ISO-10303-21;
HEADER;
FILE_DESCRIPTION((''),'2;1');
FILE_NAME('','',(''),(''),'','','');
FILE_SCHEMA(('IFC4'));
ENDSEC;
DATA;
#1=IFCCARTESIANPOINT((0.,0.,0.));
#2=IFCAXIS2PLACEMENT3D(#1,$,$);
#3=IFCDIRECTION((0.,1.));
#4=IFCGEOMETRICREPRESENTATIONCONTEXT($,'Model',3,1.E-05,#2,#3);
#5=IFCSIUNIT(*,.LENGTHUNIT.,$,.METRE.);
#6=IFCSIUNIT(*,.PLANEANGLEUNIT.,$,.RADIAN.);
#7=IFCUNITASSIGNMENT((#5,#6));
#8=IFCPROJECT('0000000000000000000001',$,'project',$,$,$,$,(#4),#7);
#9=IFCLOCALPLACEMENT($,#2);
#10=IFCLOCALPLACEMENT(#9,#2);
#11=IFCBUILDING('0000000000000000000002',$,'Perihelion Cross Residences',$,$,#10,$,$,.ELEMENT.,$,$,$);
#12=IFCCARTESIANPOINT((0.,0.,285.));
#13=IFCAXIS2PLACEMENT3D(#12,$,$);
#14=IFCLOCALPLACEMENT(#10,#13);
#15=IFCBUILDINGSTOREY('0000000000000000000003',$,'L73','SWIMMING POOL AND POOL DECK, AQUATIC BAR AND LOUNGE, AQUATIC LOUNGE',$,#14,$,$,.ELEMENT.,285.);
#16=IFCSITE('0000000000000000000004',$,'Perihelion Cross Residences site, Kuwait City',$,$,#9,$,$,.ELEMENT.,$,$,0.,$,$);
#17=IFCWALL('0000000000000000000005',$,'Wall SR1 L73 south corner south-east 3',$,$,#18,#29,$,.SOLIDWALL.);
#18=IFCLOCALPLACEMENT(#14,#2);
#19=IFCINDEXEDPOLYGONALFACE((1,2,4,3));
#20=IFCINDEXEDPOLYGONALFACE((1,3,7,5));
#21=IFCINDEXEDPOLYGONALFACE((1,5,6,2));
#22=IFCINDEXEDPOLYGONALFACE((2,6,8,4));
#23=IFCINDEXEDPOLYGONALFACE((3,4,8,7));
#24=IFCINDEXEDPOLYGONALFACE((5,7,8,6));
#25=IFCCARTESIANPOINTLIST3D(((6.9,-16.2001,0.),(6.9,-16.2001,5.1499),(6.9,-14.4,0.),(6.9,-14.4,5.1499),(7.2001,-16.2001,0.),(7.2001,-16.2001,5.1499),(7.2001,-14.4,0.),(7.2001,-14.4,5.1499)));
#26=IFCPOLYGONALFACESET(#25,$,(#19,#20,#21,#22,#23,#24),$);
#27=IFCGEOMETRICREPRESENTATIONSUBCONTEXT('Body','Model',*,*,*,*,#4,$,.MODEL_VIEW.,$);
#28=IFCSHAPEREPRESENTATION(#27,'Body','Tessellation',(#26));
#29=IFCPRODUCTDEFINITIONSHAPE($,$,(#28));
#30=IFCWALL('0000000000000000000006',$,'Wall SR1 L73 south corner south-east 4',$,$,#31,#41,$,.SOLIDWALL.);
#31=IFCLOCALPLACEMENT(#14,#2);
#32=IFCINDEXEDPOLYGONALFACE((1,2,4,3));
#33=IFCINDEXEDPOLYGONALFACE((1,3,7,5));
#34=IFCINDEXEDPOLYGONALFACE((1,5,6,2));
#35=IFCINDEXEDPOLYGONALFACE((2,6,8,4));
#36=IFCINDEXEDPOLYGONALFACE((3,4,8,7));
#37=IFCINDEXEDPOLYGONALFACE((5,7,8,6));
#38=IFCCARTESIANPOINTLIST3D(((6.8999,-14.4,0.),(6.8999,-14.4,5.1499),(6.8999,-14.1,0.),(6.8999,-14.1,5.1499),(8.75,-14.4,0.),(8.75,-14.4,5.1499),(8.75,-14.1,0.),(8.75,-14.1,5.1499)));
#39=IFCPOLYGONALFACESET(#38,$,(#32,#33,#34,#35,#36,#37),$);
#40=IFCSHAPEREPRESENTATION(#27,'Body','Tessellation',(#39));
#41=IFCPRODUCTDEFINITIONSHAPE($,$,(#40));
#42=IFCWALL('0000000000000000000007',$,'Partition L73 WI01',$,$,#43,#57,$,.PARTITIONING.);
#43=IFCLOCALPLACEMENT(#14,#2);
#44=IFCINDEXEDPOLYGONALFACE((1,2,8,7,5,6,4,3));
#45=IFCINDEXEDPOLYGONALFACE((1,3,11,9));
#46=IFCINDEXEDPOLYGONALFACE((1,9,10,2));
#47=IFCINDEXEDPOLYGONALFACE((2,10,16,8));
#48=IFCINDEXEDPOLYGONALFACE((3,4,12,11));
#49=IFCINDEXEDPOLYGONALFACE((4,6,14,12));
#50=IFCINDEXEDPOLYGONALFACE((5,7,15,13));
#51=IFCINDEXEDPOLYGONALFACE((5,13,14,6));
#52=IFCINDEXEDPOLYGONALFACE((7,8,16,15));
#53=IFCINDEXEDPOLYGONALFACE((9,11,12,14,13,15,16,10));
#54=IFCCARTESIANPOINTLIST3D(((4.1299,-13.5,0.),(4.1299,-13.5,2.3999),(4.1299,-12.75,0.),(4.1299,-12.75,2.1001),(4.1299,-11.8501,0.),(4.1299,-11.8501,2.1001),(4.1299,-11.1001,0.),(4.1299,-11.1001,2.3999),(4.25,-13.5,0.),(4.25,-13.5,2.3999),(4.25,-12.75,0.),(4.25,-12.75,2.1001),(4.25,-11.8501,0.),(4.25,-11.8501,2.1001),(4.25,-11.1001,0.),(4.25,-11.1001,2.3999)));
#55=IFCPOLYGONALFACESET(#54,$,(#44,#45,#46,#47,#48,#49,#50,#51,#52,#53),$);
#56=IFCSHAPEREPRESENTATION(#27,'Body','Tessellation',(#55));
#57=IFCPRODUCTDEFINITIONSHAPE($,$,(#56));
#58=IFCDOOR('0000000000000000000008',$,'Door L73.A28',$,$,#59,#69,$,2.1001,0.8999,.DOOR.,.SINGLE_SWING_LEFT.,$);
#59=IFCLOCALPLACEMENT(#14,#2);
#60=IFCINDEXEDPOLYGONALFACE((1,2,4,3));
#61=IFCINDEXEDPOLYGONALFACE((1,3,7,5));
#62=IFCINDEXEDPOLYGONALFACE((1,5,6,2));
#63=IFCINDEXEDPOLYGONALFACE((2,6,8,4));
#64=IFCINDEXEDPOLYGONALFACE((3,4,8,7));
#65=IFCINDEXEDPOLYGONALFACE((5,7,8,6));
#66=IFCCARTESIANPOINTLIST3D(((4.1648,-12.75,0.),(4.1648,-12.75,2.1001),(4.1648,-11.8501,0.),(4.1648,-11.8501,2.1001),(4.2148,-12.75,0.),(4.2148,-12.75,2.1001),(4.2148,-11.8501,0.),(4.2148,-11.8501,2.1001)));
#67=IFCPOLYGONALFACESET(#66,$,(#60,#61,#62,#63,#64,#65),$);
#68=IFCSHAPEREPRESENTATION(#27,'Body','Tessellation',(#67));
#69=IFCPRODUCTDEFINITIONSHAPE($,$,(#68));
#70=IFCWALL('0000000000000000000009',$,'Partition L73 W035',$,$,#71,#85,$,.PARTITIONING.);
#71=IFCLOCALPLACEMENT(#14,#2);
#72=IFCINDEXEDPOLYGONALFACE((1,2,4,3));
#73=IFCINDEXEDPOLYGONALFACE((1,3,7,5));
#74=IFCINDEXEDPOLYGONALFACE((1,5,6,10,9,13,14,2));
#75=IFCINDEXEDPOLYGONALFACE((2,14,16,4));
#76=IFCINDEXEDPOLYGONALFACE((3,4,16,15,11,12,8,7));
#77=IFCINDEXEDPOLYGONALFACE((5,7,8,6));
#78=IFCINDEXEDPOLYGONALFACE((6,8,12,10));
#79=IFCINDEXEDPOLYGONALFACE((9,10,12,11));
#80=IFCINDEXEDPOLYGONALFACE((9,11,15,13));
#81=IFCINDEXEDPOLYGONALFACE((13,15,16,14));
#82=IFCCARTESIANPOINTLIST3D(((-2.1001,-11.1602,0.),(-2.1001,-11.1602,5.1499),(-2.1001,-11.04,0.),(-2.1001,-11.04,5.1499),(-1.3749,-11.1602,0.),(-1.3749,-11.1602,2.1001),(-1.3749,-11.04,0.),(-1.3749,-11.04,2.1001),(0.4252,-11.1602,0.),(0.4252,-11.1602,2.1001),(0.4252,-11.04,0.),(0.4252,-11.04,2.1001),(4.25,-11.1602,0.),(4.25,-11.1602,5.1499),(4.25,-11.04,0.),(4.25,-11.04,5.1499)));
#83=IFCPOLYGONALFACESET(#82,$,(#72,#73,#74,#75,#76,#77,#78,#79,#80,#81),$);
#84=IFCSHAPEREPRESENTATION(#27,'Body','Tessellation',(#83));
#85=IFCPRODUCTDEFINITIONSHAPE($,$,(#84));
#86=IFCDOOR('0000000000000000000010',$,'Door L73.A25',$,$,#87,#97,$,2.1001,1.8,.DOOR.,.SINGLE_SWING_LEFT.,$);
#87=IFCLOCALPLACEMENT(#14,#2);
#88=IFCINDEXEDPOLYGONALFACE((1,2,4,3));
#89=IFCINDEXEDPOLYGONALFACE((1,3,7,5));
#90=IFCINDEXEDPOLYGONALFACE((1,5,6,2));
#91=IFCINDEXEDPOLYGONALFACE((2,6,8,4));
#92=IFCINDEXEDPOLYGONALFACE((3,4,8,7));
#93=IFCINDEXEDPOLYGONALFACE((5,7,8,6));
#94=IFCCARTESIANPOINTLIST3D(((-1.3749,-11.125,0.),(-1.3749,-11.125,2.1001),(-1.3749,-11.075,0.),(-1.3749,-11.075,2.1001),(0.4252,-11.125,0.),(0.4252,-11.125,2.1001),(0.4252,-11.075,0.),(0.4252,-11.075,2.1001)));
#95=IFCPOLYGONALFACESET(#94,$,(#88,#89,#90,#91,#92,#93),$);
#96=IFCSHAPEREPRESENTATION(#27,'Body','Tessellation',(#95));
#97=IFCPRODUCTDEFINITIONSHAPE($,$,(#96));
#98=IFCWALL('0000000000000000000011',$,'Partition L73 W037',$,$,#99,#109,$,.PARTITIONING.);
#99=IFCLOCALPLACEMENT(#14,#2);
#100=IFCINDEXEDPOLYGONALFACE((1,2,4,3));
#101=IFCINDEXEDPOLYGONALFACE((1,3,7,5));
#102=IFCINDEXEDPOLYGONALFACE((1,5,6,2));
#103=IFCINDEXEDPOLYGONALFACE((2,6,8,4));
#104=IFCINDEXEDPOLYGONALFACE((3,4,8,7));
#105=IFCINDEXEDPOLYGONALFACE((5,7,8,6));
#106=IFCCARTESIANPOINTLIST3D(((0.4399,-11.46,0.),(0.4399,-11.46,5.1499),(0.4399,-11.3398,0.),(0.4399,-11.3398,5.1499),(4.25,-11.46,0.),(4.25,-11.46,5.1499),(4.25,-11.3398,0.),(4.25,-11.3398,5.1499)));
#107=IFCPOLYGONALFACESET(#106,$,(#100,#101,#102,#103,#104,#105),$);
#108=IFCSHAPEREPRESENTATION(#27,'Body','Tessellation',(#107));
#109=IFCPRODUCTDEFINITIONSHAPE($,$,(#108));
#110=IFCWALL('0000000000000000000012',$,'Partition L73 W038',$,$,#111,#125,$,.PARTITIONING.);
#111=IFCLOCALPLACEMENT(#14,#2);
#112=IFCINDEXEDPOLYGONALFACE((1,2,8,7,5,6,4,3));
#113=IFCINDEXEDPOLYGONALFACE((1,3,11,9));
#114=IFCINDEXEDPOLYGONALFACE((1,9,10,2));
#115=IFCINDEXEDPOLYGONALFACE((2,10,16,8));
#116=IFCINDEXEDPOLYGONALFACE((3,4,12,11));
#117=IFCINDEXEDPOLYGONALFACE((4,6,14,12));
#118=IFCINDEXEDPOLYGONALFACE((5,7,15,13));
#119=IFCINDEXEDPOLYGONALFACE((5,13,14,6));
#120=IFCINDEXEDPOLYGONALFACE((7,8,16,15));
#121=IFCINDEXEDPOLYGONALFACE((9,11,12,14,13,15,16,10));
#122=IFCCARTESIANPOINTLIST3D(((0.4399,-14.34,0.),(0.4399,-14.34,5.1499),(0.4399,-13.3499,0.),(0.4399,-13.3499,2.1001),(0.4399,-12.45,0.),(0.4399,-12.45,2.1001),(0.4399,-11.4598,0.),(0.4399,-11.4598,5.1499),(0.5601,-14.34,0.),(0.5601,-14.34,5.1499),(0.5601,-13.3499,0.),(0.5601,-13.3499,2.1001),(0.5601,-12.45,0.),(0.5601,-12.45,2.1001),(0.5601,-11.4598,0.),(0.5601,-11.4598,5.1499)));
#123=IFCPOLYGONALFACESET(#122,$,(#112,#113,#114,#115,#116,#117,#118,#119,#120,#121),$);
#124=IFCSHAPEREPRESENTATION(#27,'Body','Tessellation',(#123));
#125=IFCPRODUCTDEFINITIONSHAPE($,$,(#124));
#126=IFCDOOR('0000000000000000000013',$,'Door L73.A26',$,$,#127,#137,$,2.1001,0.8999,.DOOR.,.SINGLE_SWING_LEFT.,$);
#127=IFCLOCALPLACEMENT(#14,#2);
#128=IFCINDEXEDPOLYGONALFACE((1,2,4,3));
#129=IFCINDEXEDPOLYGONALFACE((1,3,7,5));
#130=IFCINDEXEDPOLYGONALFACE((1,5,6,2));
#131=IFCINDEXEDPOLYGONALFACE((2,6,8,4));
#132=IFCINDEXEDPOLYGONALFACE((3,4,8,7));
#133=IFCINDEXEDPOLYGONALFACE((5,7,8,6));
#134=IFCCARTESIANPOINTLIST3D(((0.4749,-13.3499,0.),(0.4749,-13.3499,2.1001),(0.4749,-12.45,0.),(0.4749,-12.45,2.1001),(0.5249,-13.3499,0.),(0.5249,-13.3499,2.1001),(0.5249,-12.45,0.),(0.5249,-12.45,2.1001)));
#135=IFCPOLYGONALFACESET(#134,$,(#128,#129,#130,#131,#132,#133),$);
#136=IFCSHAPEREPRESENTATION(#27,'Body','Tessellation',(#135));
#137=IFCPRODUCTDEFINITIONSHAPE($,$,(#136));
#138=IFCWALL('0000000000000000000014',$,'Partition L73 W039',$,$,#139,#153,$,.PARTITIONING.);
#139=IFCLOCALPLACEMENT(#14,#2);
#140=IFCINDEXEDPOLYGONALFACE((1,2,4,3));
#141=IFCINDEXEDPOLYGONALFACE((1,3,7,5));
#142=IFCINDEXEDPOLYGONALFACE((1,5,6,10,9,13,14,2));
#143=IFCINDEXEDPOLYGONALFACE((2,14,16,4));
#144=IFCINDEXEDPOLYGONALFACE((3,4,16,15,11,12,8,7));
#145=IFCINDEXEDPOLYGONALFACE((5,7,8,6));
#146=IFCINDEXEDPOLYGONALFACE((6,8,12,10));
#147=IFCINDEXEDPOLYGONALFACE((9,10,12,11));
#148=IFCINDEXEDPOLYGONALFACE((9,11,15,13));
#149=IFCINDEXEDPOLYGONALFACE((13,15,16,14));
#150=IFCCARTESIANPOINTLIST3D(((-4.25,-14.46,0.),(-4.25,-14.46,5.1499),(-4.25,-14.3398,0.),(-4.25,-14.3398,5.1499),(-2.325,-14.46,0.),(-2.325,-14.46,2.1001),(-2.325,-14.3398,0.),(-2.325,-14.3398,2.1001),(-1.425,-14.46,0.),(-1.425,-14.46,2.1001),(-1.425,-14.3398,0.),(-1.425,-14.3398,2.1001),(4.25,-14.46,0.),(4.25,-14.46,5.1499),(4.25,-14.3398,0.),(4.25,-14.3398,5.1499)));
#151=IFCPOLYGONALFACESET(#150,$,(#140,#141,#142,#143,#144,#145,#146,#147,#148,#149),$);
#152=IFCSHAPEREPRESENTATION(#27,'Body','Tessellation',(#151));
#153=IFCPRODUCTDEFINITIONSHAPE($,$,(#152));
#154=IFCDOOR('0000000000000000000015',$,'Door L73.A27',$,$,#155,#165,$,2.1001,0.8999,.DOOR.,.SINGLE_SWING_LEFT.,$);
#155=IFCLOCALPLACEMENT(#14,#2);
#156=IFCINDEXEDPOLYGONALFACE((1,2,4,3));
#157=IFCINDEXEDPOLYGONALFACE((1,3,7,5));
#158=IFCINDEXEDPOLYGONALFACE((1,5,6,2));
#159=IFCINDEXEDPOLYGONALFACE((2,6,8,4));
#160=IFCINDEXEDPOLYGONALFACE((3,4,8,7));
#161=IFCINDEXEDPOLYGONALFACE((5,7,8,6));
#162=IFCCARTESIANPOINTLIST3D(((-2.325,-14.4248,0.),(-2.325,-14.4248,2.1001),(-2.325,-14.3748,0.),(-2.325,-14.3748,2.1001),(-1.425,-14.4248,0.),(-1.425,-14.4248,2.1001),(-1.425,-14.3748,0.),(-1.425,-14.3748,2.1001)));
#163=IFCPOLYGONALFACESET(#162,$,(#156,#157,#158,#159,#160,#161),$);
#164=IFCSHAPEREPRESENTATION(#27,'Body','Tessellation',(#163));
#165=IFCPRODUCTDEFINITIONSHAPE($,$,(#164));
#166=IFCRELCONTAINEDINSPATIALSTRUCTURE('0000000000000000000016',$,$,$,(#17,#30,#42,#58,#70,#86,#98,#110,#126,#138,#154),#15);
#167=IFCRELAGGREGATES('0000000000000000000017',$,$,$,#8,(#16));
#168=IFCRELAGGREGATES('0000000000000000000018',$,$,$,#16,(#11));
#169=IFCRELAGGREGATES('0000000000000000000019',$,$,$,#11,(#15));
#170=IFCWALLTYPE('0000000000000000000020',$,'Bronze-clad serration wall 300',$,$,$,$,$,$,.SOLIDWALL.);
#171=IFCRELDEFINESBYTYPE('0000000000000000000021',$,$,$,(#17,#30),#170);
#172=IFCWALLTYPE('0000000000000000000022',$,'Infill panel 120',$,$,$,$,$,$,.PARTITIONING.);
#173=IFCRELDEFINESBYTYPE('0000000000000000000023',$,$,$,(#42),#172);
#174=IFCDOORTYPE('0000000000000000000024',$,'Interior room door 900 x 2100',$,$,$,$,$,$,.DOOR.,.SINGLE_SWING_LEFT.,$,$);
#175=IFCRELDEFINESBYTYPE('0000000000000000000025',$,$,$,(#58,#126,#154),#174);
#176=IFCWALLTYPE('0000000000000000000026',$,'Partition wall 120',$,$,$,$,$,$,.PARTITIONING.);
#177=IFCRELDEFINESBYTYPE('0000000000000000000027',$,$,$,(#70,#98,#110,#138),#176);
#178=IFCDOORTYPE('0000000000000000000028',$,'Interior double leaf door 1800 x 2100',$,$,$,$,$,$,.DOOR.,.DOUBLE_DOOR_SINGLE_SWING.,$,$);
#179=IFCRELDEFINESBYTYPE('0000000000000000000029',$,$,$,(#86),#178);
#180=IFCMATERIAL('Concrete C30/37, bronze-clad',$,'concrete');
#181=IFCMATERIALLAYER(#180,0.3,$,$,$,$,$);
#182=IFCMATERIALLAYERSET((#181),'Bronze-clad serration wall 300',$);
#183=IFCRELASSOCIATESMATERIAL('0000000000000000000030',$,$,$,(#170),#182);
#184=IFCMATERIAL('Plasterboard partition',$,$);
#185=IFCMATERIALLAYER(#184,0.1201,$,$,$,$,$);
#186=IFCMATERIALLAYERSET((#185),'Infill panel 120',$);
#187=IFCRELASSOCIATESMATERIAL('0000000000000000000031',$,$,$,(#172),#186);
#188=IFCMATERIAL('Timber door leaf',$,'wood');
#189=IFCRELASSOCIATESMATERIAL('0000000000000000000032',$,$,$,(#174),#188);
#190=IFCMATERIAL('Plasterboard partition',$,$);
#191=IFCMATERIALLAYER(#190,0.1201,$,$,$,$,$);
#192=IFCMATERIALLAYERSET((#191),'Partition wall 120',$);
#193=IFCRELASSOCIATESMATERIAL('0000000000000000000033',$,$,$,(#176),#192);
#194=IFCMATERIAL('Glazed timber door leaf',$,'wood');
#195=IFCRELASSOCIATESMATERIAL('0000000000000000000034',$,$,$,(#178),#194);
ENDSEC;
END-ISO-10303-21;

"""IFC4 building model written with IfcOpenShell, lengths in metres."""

from ifc_helpers import new_model, si_unit, direction, frame, frame_2d, origin, place, context, subcontext, project, spatial, rectangle, extrude, material, layer, layer_set, type_object, element, fill, save


model = new_model("IFC4")

# Units and contexts
model_context = context("Model", 3, precision=1e-05, world=origin(), true_north=direction((0.0, 1.0)))
body_context = subcontext(model_context, "Body", "Model", "MODEL_VIEW")
ifc_project = project(units=[si_unit("LENGTHUNIT", "METRE"), si_unit("PLANEANGLEUNIT", "RADIAN")], contexts=[model_context])

# Site, building, storey
site_placement = place(None, origin())
site = spatial("IfcSite", under=ifc_project, at=site_placement, Name="Perihelion Cross Residences site, Kuwait City", CompositionType="ELEMENT", RefElevation=0.0)
building_placement = place(site_placement, origin())
building = spatial("IfcBuilding", under=site, at=building_placement, Name="Perihelion Cross Residences", CompositionType="ELEMENT")
storey_placement = place(building_placement, frame((0.0, 0.0, 285.0)))
storey = spatial("IfcBuildingStorey", under=building, at=storey_placement, Name="L73", Description="SWIMMING POOL AND POOL DECK, AQUATIC BAR AND LOUNGE, AQUATIC LOUNGE", CompositionType="ELEMENT", Elevation=285.0)

# Walls
ifc_material_1 = material(Name="Concrete C30/37, bronze-clad", Category="concrete")
ifc_layer_1 = layer(ifc_material_1, 0.3)
ifc_layer_set_1 = layer_set([ifc_layer_1], Name="Bronze-clad serration wall 300")
wall_type_1 = type_object("IfcWallType", Name="Bronze-clad serration wall 300", PredefinedType="SOLIDWALL", material=ifc_layer_set_1)
wall_1_placement = place(storey_placement, frame((7.05, -16.2, 0.0), z_axis=(0.0, 0.0, 1.0), x_axis=(0.0, 1.0, 0.0)))
element("IfcWall", 1, at=wall_1_placement, inside=storey, type_object=wall_type_1, Name="Wall SR1 L73 south corner south-east 3", PredefinedType="SOLIDWALL", context=body_context, shape_type="SweptSolid", body=[
    extrude(rectangle(XDim=1.8, YDim=0.3, at=frame_2d((0.8999, 0.0))), origin(), (0.0, 0.0, 1.0), 5.1499),
])
wall_2_placement = place(storey_placement, frame((6.8999, -14.25, 0.0), z_axis=(0.0, 0.0, 1.0), x_axis=(1.0, 0.0, 0.0)))
element("IfcWall", 2, at=wall_2_placement, inside=storey, type_object=wall_type_1, Name="Wall SR1 L73 south corner south-east 4", PredefinedType="SOLIDWALL", context=body_context, shape_type="SweptSolid", body=[
    extrude(rectangle(XDim=1.8501, YDim=0.3, at=frame_2d((0.925, 0.0))), origin(), (0.0, 0.0, 1.0), 5.1499),
])

# Walls, openings, doors
ifc_material_2 = material(Name="Plasterboard partition")
ifc_layer_2 = layer(ifc_material_2, 0.1201)
ifc_layer_set_2 = layer_set([ifc_layer_2], Name="Infill panel 120")
wall_type_2 = type_object("IfcWallType", Name="Infill panel 120", PredefinedType="PARTITIONING", material=ifc_layer_set_2)
wall_3_placement = place(storey_placement, frame((4.1899, -11.1001, 0.0), z_axis=(0.0, 0.0, 1.0), x_axis=(0.0, -1.0, 0.0)))
wall_3 = element("IfcWall", 3, at=wall_3_placement, inside=storey, type_object=wall_type_2, Name="Partition L73 WI01", PredefinedType="PARTITIONING", context=body_context, shape_type="SweptSolid", body=[
    extrude(rectangle(XDim=2.3999, YDim=0.1201, at=frame_2d((1.2, 0.0))), origin(), (0.0, 0.0, 1.0), 2.3999),
])
opening_1_placement = place(wall_3_placement, frame((0.75, 0.0, 0.0)))
opening_1 = element("IfcOpeningElement", 4, at=opening_1_placement, cuts=wall_3, PredefinedType="OPENING", context=body_context, shape_type="SweptSolid", body=[
    extrude(rectangle(XDim=0.8999, YDim=2.1001, at=frame_2d((0.45, 1.05))), frame((0.0, 0.0701, 0.0), z_axis=(0.0, -1.0, 0.0), x_axis=(1.0, 0.0, 0.0)), (0.0, 0.0, 1.0), 0.1401),
])
ifc_material_3 = material(Name="Timber door leaf", Category="wood")
door_type_1 = type_object("IfcDoorType", Name="Interior room door 900 x 2100", OperationType="SINGLE_SWING_LEFT", PredefinedType="DOOR", material=ifc_material_3)
door_1_placement = place(opening_1_placement, origin())
door_1 = element("IfcDoor", 5, at=door_1_placement, inside=storey, type_object=door_type_1, Name="Door L73.A28", OperationType="SINGLE_SWING_LEFT", OverallHeight=2.1001, OverallWidth=0.8999, PredefinedType="DOOR", context=body_context, shape_type="SweptSolid", body=[
    extrude(rectangle(XDim=0.8999, YDim=2.1001, at=frame_2d((0.45, 1.05))), frame((0.0, 0.0249, 0.0), z_axis=(0.0, -1.0, 0.0), x_axis=(1.0, 0.0, 0.0)), (0.0, 0.0, 1.0), 0.05),
])
fill(opening_1, door_1)
ifc_material_4 = material(Name="Plasterboard partition")
ifc_layer_3 = layer(ifc_material_4, 0.1201)
ifc_layer_set_3 = layer_set([ifc_layer_3], Name="Partition wall 120")
wall_type_3 = type_object("IfcWallType", Name="Partition wall 120", PredefinedType="PARTITIONING", material=ifc_layer_set_3)
wall_4_placement = place(storey_placement, frame((4.25, -11.1001, 0.0), z_axis=(0.0, 0.0, 1.0), x_axis=(-1.0, 0.0, 0.0)))
wall_4 = element("IfcWall", 6, at=wall_4_placement, inside=storey, type_object=wall_type_3, Name="Partition L73 W035", PredefinedType="PARTITIONING", context=body_context, shape_type="SweptSolid", body=[
    extrude(rectangle(XDim=6.3501, YDim=0.1201, at=frame_2d((3.175, 0.0))), origin(), (0.0, 0.0, 1.0), 5.1499),
])
opening_2_placement = place(wall_4_placement, frame((3.825, 0.0, 0.0)))
opening_2 = element("IfcOpeningElement", 7, at=opening_2_placement, cuts=wall_4, PredefinedType="OPENING", context=body_context, shape_type="SweptSolid", body=[
    extrude(rectangle(XDim=1.8, YDim=2.1001, at=frame_2d((0.8999, 1.05))), frame((0.0, 0.0701, 0.0), z_axis=(0.0, -1.0, 0.0), x_axis=(1.0, 0.0, 0.0)), (0.0, 0.0, 1.0), 0.1401),
])
ifc_material_5 = material(Name="Glazed timber door leaf", Category="wood")
door_type_2 = type_object("IfcDoorType", Name="Interior double leaf door 1800 x 2100", OperationType="DOUBLE_DOOR_SINGLE_SWING", PredefinedType="DOOR", material=ifc_material_5)
door_2_placement = place(opening_2_placement, origin())
door_2 = element("IfcDoor", 8, at=door_2_placement, inside=storey, type_object=door_type_2, Name="Door L73.A25", OperationType="SINGLE_SWING_LEFT", OverallHeight=2.1001, OverallWidth=1.8, PredefinedType="DOOR", context=body_context, shape_type="SweptSolid", body=[
    extrude(rectangle(XDim=1.8, YDim=2.1001, at=frame_2d((0.8999, 1.05))), frame((0.0, 0.0249, 0.0), z_axis=(0.0, -1.0, 0.0), x_axis=(1.0, 0.0, 0.0)), (0.0, 0.0, 1.0), 0.05),
])
fill(opening_2, door_2)

# Wall
wall_5_placement = place(storey_placement, frame((4.25, -11.3999, 0.0), z_axis=(0.0, 0.0, 1.0), x_axis=(-1.0, 0.0, 0.0)))
element("IfcWall", 9, at=wall_5_placement, inside=storey, type_object=wall_type_3, Name="Partition L73 W037", PredefinedType="PARTITIONING", context=body_context, shape_type="SweptSolid", body=[
    extrude(rectangle(XDim=3.8101, YDim=0.1201, at=frame_2d((1.905, 0.0))), origin(), (0.0, 0.0, 1.0), 5.1499),
])

# Walls, openings, doors
wall_6_placement = place(storey_placement, frame((0.5, -11.46, 0.0), z_axis=(0.0, 0.0, 1.0), x_axis=(0.0, -1.0, 0.0)))
wall_6 = element("IfcWall", 10, at=wall_6_placement, inside=storey, type_object=wall_type_3, Name="Partition L73 W038", PredefinedType="PARTITIONING", context=body_context, shape_type="SweptSolid", body=[
    extrude(rectangle(XDim=2.8801, YDim=0.1201, at=frame_2d((1.4399, 0.0))), origin(), (0.0, 0.0, 1.0), 5.1499),
])
opening_3_placement = place(wall_6_placement, frame((0.99, 0.0, 0.0)))
opening_3 = element("IfcOpeningElement", 11, at=opening_3_placement, cuts=wall_6, PredefinedType="OPENING", context=body_context, shape_type="SweptSolid", body=[
    extrude(rectangle(XDim=0.8999, YDim=2.1001, at=frame_2d((0.45, 1.05))), frame((0.0, 0.0701, 0.0), z_axis=(0.0, -1.0, 0.0), x_axis=(1.0, 0.0, 0.0)), (0.0, 0.0, 1.0), 0.1401),
])
door_3_placement = place(opening_3_placement, origin())
door_3 = element("IfcDoor", 12, at=door_3_placement, inside=storey, type_object=door_type_1, Name="Door L73.A26", OperationType="SINGLE_SWING_LEFT", OverallHeight=2.1001, OverallWidth=0.8999, PredefinedType="DOOR", context=body_context, shape_type="SweptSolid", body=[
    extrude(rectangle(XDim=0.8999, YDim=2.1001, at=frame_2d((0.45, 1.05))), frame((0.0, 0.0249, 0.0), z_axis=(0.0, -1.0, 0.0), x_axis=(1.0, 0.0, 0.0)), (0.0, 0.0, 1.0), 0.05),
])
fill(opening_3, door_3)
wall_7_placement = place(storey_placement, frame((4.25, -14.3999, 0.0), z_axis=(0.0, 0.0, 1.0), x_axis=(-1.0, 0.0, 0.0)))
wall_7 = element("IfcWall", 13, at=wall_7_placement, inside=storey, type_object=wall_type_3, Name="Partition L73 W039", PredefinedType="PARTITIONING", context=body_context, shape_type="SweptSolid", body=[
    extrude(rectangle(XDim=8.5, YDim=0.1201, at=frame_2d((4.25, 0.0))), origin(), (0.0, 0.0, 1.0), 5.1499),
])
opening_4_placement = place(wall_7_placement, frame((5.675, 0.0, 0.0)))
opening_4 = element("IfcOpeningElement", 14, at=opening_4_placement, cuts=wall_7, PredefinedType="OPENING", context=body_context, shape_type="SweptSolid", body=[
    extrude(rectangle(XDim=0.8999, YDim=2.1001, at=frame_2d((0.45, 1.05))), frame((0.0, 0.0701, 0.0), z_axis=(0.0, -1.0, 0.0), x_axis=(1.0, 0.0, 0.0)), (0.0, 0.0, 1.0), 0.1401),
])
door_4_placement = place(opening_4_placement, origin())
door_4 = element("IfcDoor", 15, at=door_4_placement, inside=storey, type_object=door_type_1, Name="Door L73.A27", OperationType="SINGLE_SWING_LEFT", OverallHeight=2.1001, OverallWidth=0.8999, PredefinedType="DOOR", context=body_context, shape_type="SweptSolid", body=[
    extrude(rectangle(XDim=0.8999, YDim=2.1001, at=frame_2d((0.45, 1.05))), frame((0.0, 0.0249, 0.0), z_axis=(0.0, -1.0, 0.0), x_axis=(1.0, 0.0, 0.0)), (0.0, 0.0, 1.0), 0.05),
])
fill(opening_4, door_4)

save(model, "model.ifc")
